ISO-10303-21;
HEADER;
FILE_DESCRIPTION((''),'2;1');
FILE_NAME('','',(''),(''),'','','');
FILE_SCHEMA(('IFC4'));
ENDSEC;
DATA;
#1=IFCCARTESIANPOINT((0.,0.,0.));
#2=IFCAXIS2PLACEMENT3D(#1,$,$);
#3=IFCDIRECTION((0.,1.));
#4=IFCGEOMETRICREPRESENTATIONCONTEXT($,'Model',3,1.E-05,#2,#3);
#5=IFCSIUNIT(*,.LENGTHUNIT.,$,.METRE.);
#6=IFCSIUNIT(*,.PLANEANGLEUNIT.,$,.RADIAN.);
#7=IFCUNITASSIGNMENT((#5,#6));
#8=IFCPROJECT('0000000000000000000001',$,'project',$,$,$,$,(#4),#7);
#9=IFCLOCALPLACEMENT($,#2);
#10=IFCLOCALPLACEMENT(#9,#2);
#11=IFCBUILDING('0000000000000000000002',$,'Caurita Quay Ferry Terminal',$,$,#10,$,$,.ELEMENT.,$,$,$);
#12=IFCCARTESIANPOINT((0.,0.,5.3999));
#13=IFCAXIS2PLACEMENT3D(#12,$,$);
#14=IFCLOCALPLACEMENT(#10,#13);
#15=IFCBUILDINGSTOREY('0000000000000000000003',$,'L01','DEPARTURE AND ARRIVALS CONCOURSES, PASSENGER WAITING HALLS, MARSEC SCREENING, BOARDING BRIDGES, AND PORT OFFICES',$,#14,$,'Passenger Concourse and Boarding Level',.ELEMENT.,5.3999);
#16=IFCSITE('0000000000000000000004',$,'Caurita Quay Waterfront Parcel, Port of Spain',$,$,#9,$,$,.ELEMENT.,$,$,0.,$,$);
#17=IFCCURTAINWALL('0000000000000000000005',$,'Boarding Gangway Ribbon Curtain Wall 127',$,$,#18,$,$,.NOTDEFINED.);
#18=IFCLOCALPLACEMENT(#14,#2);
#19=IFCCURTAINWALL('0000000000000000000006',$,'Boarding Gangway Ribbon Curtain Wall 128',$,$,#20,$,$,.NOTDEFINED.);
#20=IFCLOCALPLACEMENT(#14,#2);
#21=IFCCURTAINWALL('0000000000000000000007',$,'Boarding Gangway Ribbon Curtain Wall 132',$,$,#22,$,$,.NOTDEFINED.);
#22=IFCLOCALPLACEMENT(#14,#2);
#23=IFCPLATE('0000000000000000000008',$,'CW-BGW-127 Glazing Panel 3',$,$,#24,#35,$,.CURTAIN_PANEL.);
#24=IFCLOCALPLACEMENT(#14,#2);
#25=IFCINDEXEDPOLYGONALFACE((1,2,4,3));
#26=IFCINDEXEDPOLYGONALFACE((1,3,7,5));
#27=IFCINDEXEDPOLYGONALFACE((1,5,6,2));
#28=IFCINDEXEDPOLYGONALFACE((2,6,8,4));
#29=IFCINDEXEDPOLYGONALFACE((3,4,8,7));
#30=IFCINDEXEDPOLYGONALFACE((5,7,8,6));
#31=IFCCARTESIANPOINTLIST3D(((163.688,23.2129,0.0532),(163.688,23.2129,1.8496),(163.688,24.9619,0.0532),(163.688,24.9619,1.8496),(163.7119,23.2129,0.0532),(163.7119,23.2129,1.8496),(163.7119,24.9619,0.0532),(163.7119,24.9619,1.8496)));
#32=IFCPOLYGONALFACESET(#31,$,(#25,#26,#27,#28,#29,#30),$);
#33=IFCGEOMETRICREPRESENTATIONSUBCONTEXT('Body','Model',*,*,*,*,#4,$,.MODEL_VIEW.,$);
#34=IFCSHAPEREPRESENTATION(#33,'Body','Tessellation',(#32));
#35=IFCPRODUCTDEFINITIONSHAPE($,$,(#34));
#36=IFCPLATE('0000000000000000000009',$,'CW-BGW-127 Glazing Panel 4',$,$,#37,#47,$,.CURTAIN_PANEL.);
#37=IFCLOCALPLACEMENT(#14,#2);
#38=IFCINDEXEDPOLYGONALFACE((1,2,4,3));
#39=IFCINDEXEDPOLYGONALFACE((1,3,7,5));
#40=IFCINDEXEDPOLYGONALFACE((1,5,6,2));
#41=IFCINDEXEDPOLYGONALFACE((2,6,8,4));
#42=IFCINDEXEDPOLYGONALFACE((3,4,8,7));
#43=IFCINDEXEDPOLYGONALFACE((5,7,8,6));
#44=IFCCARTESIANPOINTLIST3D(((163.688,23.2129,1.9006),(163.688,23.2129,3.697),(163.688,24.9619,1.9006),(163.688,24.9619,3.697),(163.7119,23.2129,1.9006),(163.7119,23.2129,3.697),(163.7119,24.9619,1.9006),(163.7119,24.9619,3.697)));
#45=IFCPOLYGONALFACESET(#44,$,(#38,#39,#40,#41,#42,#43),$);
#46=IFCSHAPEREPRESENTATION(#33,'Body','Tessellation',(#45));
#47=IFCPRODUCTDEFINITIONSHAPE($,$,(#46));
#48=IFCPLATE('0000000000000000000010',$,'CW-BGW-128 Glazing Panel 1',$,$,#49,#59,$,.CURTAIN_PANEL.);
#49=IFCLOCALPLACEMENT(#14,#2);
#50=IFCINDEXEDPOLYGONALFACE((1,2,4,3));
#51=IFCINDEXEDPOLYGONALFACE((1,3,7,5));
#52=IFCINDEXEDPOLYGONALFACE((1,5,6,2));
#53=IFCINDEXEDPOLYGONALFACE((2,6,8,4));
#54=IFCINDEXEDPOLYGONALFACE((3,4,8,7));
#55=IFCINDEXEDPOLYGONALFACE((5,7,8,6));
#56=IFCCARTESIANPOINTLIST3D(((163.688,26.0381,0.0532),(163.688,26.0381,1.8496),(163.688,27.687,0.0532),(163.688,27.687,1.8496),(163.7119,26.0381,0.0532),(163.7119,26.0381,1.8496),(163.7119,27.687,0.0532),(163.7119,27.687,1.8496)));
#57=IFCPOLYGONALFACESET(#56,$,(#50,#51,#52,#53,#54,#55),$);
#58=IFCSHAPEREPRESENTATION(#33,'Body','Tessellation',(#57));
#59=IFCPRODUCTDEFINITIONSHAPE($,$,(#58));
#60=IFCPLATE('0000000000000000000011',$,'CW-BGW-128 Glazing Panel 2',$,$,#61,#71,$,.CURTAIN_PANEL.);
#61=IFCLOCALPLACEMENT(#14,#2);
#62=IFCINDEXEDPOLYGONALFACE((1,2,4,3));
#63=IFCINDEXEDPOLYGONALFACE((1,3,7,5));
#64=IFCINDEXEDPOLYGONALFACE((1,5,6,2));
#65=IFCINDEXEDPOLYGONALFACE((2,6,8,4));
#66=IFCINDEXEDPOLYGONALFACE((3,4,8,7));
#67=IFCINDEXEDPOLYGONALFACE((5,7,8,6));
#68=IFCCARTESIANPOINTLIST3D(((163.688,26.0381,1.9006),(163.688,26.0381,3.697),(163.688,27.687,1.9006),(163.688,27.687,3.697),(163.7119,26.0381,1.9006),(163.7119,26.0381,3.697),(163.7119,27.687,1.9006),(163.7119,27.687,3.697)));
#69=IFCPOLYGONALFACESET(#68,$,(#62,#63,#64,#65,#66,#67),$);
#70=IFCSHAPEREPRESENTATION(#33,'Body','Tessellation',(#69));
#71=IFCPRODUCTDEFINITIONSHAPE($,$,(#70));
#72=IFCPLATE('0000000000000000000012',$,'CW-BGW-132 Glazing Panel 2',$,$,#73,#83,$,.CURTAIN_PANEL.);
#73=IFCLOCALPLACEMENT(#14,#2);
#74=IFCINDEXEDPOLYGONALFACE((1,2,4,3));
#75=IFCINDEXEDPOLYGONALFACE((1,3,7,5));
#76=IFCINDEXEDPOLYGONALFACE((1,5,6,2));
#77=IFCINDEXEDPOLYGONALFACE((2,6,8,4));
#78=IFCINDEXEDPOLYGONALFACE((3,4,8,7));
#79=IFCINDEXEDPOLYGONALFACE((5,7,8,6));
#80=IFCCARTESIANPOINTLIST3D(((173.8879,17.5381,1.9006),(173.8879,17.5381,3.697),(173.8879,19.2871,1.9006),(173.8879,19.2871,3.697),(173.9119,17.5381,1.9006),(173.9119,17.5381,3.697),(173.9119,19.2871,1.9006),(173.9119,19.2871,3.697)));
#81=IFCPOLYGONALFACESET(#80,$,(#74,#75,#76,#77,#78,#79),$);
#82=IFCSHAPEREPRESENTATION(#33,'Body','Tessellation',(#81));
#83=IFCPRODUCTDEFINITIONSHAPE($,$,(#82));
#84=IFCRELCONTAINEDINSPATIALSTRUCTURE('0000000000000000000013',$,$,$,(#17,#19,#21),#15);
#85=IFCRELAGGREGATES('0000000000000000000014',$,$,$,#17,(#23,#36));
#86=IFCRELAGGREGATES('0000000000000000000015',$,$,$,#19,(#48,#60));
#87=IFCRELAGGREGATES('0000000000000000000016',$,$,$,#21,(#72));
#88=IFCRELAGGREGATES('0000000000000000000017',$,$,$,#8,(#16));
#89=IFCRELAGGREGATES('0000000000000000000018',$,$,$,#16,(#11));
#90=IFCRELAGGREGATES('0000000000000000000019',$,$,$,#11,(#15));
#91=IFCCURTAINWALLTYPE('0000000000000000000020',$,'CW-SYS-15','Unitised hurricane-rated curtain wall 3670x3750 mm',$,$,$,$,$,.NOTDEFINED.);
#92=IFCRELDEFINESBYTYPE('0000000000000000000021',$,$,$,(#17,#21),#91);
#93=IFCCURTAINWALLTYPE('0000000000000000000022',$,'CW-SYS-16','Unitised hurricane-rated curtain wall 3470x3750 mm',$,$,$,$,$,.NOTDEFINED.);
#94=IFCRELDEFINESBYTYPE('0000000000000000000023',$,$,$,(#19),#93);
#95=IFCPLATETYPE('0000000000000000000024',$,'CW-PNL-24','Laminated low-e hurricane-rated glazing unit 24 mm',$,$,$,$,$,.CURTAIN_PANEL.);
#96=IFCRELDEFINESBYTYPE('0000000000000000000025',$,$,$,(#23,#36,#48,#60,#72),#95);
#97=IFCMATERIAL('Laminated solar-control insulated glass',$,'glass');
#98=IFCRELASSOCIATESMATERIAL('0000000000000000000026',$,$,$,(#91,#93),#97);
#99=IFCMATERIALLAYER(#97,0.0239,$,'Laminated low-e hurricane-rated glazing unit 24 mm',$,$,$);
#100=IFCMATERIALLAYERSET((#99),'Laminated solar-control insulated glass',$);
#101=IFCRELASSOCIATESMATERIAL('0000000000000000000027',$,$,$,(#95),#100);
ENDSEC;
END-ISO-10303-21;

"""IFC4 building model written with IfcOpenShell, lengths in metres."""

from ifc_helpers import new_model, si_unit, direction, frame, origin, origin_2d, place, context, subcontext, project, spatial, rectangle, extrude, material, layer, layer_set, type_object, element, aggregate, save


model = new_model("IFC4")

# Units and contexts
model_context = context("Model", 3, precision=1e-05, world=origin(), true_north=direction((0.0, 1.0)))
body_context = subcontext(model_context, "Body", "Model", "MODEL_VIEW")
ifc_project = project(units=[si_unit("LENGTHUNIT", "METRE"), si_unit("PLANEANGLEUNIT", "RADIAN")], contexts=[model_context])

# Site, building, storey
site_placement = place(None, origin())
site = spatial("IfcSite", under=ifc_project, at=site_placement, Name="Caurita Quay Waterfront Parcel, Port of Spain", CompositionType="ELEMENT", RefElevation=0.0)
building_placement = place(site_placement, origin())
building = spatial("IfcBuilding", under=site, at=building_placement, Name="Caurita Quay Ferry Terminal", CompositionType="ELEMENT")
storey_placement = place(building_placement, frame((0.0, 0.0, 5.3999)))
storey = spatial("IfcBuildingStorey", under=building, at=storey_placement, Name="L01", Description="DEPARTURE AND ARRIVALS CONCOURSES, PASSENGER WAITING HALLS, MARSEC SCREENING, BOARDING BRIDGES, AND PORT OFFICES", LongName="Passenger Concourse and Boarding Level", CompositionType="ELEMENT", Elevation=5.3999)

# Curtain wall
ifc_material_1 = material(Name="Laminated solar-control insulated glass", Category="glass")
curtain_wall_type_1 = type_object("IfcCurtainWallType", Name="CW-SYS-15", Description="Unitised hurricane-rated curtain wall 3670x3750 mm", PredefinedType="NOTDEFINED", material=ifc_material_1)
curtain_wall_1_placement = place(storey_placement, origin())
curtain_wall_1 = element("IfcCurtainWall", 1, at=curtain_wall_1_placement, inside=storey, type_object=curtain_wall_type_1, Name="Boarding Gangway Ribbon Curtain Wall 127", PredefinedType="NOTDEFINED")

# Curtain walls
curtain_wall_type_2 = type_object("IfcCurtainWallType", Name="CW-SYS-16", Description="Unitised hurricane-rated curtain wall 3470x3750 mm", PredefinedType="NOTDEFINED", material=ifc_material_1)
curtain_wall_2_placement = place(storey_placement, origin())
curtain_wall_2 = element("IfcCurtainWall", 2, at=curtain_wall_2_placement, inside=storey, type_object=curtain_wall_type_2, Name="Boarding Gangway Ribbon Curtain Wall 128", PredefinedType="NOTDEFINED")
curtain_wall_3_placement = place(storey_placement, origin())
curtain_wall_3 = element("IfcCurtainWall", 3, at=curtain_wall_3_placement, inside=storey, type_object=curtain_wall_type_1, Name="Boarding Gangway Ribbon Curtain Wall 132", PredefinedType="NOTDEFINED")

# Plates
ifc_layer = layer(ifc_material_1, 0.0239, Name="Laminated low-e hurricane-rated glazing unit 24 mm")
ifc_layer_set = layer_set([ifc_layer], Name="Laminated solar-control insulated glass")
plate_type = type_object("IfcPlateType", Name="CW-PNL-24", Description="Laminated low-e hurricane-rated glazing unit 24 mm", PredefinedType="CURTAIN_PANEL", material=ifc_layer_set)
plate_1_placement = place(storey_placement, frame((163.7, 24.0874, 0.0532), z_axis=(0.0, 0.0, 1.0), x_axis=(0.0, 1.0, 0.0)))
plate_1 = element("IfcPlate", 4, at=plate_1_placement, type_object=plate_type, Name="CW-BGW-127 Glazing Panel 3", PredefinedType="CURTAIN_PANEL", context=body_context, shape_type="SweptSolid", body=[
    extrude(rectangle(XDim=1.749, YDim=0.0239, at=origin_2d()), origin(), (0.0, 0.0, 1.0), 1.7964),
])
plate_2_placement = place(storey_placement, frame((163.7, 24.0874, 1.9006), z_axis=(0.0, 0.0, 1.0), x_axis=(0.0, 1.0, 0.0)))
plate_2 = element("IfcPlate", 5, at=plate_2_placement, type_object=plate_type, Name="CW-BGW-127 Glazing Panel 4", PredefinedType="CURTAIN_PANEL", context=body_context, shape_type="SweptSolid", body=[
    extrude(rectangle(XDim=1.749, YDim=0.0239, at=origin_2d()), origin(), (0.0, 0.0, 1.0), 1.7964),
])
aggregate(curtain_wall_1, [plate_1, plate_2])
plate_3_placement = place(storey_placement, frame((163.7, 26.8625, 0.0532), z_axis=(0.0, 0.0, 1.0), x_axis=(0.0, 1.0, 0.0)))
plate_3 = element("IfcPlate", 6, at=plate_3_placement, type_object=plate_type, Name="CW-BGW-128 Glazing Panel 1", PredefinedType="CURTAIN_PANEL", context=body_context, shape_type="SweptSolid", body=[
    extrude(rectangle(XDim=1.6489, YDim=0.0239, at=origin_2d()), origin(), (0.0, 0.0, 1.0), 1.7964),
])
plate_4_placement = place(storey_placement, frame((163.7, 26.8625, 1.9006), z_axis=(0.0, 0.0, 1.0), x_axis=(0.0, 1.0, 0.0)))
plate_4 = element("IfcPlate", 7, at=plate_4_placement, type_object=plate_type, Name="CW-BGW-128 Glazing Panel 2", PredefinedType="CURTAIN_PANEL", context=body_context, shape_type="SweptSolid", body=[
    extrude(rectangle(XDim=1.6489, YDim=0.0239, at=origin_2d()), origin(), (0.0, 0.0, 1.0), 1.7964),
])
aggregate(curtain_wall_2, [plate_3, plate_4])
plate_5_placement = place(storey_placement, frame((173.8999, 18.4126, 1.9006), z_axis=(0.0, 0.0, 1.0), x_axis=(0.0, 1.0, 0.0)))
plate_5 = element("IfcPlate", 8, at=plate_5_placement, type_object=plate_type, Name="CW-BGW-132 Glazing Panel 2", PredefinedType="CURTAIN_PANEL", context=body_context, shape_type="SweptSolid", body=[
    extrude(rectangle(XDim=1.749, YDim=0.0239, at=origin_2d()), origin(), (0.0, 0.0, 1.0), 1.7964),
])
aggregate(curtain_wall_3, [plate_5])

save(model, "model.ifc")
